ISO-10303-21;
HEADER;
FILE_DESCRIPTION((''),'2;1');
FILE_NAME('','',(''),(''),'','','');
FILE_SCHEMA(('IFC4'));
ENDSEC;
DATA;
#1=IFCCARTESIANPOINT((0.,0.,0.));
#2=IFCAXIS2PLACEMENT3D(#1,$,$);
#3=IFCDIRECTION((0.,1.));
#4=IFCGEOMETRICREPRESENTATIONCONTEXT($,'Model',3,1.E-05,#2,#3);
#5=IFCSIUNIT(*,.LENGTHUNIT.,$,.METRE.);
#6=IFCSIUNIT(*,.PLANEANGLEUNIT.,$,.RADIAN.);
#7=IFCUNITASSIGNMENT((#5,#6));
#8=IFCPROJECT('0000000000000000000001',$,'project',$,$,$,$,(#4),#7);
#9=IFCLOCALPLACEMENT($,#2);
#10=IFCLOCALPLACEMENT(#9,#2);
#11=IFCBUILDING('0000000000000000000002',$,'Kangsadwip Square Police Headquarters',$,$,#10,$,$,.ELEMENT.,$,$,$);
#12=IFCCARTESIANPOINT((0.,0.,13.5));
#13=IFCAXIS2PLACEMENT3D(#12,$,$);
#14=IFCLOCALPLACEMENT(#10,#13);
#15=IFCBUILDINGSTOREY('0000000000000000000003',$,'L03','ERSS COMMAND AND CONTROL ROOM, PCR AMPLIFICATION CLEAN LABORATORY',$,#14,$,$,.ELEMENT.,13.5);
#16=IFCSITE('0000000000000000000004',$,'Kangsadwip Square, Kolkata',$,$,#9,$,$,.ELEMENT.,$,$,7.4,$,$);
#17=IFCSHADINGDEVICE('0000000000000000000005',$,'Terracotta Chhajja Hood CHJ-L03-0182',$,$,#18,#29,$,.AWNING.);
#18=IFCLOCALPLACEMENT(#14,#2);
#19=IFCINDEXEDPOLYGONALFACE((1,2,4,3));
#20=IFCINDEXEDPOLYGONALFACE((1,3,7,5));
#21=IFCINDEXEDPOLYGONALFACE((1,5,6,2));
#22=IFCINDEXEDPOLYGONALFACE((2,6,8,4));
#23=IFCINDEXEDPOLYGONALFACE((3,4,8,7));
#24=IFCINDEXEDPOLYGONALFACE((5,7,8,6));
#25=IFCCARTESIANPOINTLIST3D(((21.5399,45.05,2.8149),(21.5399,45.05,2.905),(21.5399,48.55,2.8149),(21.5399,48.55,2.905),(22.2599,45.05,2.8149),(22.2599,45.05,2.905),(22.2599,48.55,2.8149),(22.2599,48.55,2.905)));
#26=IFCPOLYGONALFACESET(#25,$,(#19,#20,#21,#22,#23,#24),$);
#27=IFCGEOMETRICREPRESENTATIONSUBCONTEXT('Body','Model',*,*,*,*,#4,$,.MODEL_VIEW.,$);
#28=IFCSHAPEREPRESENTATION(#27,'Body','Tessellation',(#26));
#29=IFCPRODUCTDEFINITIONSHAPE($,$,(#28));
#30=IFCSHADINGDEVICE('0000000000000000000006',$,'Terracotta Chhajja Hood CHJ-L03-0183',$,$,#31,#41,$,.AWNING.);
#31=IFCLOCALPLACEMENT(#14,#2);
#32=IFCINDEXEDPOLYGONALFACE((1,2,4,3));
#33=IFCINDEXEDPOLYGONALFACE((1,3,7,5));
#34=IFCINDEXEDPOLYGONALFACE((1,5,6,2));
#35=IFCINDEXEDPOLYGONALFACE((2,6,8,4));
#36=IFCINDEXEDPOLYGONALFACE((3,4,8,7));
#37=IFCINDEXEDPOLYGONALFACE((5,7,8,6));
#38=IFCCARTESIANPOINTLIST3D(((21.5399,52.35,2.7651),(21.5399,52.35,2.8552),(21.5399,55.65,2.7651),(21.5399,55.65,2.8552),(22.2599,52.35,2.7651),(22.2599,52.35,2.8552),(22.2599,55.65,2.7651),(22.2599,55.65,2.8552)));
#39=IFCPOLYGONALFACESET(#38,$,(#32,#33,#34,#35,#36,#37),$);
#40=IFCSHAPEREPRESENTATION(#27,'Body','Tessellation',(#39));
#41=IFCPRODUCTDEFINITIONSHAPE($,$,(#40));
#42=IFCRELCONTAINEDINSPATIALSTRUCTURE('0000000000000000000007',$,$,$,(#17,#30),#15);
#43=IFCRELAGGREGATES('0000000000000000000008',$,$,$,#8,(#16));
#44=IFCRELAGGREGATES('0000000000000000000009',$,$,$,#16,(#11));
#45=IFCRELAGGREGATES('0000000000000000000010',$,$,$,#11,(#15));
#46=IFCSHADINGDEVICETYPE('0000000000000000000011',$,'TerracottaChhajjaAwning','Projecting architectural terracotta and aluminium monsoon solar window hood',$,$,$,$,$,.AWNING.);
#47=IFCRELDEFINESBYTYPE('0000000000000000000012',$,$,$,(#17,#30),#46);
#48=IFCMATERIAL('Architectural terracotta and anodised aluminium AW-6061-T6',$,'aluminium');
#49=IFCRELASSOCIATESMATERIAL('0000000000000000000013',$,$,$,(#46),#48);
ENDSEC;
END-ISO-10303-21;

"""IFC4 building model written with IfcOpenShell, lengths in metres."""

from ifc_helpers import new_model, si_unit, direction, frame, origin, origin_2d, place, context, subcontext, project, spatial, rectangle, extrude, material, type_object, element, save


model = new_model("IFC4")

# Units and contexts
model_context = context("Model", 3, precision=1e-05, world=origin(), true_north=direction((0.0, 1.0)))
body_context = subcontext(model_context, "Body", "Model", "MODEL_VIEW")
ifc_project = project(units=[si_unit("LENGTHUNIT", "METRE"), si_unit("PLANEANGLEUNIT", "RADIAN")], contexts=[model_context])

# Site, building, storey
site_placement = place(None, origin())
site = spatial("IfcSite", under=ifc_project, at=site_placement, Name="Kangsadwip Square, Kolkata", CompositionType="ELEMENT", RefElevation=7.4)
building_placement = place(site_placement, origin())
building = spatial("IfcBuilding", under=site, at=building_placement, Name="Kangsadwip Square Police Headquarters", CompositionType="ELEMENT")
storey_placement = place(building_placement, frame((0.0, 0.0, 13.5)))
storey = spatial("IfcBuildingStorey", under=building, at=storey_placement, Name="L03", Description="ERSS COMMAND AND CONTROL ROOM, PCR AMPLIFICATION CLEAN LABORATORY", CompositionType="ELEMENT", Elevation=13.5)

# Shading devices
ifc_material_1 = material(Name="Architectural terracotta and anodised aluminium AW-6061-T6", Category="aluminium")
shading_device_type = type_object("IfcShadingDeviceType", Name="TerracottaChhajjaAwning", Description="Projecting architectural terracotta and aluminium monsoon solar window hood", PredefinedType="AWNING", material=ifc_material_1)
shading_device_1_placement = place(storey_placement, frame((21.8999, 46.8, 2.8149), z_axis=(0.0, 0.0, 1.0), x_axis=(0.0, 1.0, 0.0)))
element("IfcShadingDevice", 1, at=shading_device_1_placement, inside=storey, type_object=shading_device_type, Name="Terracotta Chhajja Hood CHJ-L03-0182", PredefinedType="AWNING", context=body_context, shape_type="SweptSolid", body=[
    extrude(rectangle(XDim=3.5, YDim=0.72, at=origin_2d()), origin(), (0.0, 0.0, 1.0), 0.0901),
])
shading_device_2_placement = place(storey_placement, frame((21.8999, 54.0, 2.7651), z_axis=(0.0, 0.0, 1.0), x_axis=(0.0, 1.0, 0.0)))
element("IfcShadingDevice", 2, at=shading_device_2_placement, inside=storey, type_object=shading_device_type, Name="Terracotta Chhajja Hood CHJ-L03-0183", PredefinedType="AWNING", context=body_context, shape_type="SweptSolid", body=[
    extrude(rectangle(XDim=3.3, YDim=0.72, at=origin_2d()), origin(), (0.0, 0.0, 1.0), 0.0901),
])

save(model, "model.ifc")
